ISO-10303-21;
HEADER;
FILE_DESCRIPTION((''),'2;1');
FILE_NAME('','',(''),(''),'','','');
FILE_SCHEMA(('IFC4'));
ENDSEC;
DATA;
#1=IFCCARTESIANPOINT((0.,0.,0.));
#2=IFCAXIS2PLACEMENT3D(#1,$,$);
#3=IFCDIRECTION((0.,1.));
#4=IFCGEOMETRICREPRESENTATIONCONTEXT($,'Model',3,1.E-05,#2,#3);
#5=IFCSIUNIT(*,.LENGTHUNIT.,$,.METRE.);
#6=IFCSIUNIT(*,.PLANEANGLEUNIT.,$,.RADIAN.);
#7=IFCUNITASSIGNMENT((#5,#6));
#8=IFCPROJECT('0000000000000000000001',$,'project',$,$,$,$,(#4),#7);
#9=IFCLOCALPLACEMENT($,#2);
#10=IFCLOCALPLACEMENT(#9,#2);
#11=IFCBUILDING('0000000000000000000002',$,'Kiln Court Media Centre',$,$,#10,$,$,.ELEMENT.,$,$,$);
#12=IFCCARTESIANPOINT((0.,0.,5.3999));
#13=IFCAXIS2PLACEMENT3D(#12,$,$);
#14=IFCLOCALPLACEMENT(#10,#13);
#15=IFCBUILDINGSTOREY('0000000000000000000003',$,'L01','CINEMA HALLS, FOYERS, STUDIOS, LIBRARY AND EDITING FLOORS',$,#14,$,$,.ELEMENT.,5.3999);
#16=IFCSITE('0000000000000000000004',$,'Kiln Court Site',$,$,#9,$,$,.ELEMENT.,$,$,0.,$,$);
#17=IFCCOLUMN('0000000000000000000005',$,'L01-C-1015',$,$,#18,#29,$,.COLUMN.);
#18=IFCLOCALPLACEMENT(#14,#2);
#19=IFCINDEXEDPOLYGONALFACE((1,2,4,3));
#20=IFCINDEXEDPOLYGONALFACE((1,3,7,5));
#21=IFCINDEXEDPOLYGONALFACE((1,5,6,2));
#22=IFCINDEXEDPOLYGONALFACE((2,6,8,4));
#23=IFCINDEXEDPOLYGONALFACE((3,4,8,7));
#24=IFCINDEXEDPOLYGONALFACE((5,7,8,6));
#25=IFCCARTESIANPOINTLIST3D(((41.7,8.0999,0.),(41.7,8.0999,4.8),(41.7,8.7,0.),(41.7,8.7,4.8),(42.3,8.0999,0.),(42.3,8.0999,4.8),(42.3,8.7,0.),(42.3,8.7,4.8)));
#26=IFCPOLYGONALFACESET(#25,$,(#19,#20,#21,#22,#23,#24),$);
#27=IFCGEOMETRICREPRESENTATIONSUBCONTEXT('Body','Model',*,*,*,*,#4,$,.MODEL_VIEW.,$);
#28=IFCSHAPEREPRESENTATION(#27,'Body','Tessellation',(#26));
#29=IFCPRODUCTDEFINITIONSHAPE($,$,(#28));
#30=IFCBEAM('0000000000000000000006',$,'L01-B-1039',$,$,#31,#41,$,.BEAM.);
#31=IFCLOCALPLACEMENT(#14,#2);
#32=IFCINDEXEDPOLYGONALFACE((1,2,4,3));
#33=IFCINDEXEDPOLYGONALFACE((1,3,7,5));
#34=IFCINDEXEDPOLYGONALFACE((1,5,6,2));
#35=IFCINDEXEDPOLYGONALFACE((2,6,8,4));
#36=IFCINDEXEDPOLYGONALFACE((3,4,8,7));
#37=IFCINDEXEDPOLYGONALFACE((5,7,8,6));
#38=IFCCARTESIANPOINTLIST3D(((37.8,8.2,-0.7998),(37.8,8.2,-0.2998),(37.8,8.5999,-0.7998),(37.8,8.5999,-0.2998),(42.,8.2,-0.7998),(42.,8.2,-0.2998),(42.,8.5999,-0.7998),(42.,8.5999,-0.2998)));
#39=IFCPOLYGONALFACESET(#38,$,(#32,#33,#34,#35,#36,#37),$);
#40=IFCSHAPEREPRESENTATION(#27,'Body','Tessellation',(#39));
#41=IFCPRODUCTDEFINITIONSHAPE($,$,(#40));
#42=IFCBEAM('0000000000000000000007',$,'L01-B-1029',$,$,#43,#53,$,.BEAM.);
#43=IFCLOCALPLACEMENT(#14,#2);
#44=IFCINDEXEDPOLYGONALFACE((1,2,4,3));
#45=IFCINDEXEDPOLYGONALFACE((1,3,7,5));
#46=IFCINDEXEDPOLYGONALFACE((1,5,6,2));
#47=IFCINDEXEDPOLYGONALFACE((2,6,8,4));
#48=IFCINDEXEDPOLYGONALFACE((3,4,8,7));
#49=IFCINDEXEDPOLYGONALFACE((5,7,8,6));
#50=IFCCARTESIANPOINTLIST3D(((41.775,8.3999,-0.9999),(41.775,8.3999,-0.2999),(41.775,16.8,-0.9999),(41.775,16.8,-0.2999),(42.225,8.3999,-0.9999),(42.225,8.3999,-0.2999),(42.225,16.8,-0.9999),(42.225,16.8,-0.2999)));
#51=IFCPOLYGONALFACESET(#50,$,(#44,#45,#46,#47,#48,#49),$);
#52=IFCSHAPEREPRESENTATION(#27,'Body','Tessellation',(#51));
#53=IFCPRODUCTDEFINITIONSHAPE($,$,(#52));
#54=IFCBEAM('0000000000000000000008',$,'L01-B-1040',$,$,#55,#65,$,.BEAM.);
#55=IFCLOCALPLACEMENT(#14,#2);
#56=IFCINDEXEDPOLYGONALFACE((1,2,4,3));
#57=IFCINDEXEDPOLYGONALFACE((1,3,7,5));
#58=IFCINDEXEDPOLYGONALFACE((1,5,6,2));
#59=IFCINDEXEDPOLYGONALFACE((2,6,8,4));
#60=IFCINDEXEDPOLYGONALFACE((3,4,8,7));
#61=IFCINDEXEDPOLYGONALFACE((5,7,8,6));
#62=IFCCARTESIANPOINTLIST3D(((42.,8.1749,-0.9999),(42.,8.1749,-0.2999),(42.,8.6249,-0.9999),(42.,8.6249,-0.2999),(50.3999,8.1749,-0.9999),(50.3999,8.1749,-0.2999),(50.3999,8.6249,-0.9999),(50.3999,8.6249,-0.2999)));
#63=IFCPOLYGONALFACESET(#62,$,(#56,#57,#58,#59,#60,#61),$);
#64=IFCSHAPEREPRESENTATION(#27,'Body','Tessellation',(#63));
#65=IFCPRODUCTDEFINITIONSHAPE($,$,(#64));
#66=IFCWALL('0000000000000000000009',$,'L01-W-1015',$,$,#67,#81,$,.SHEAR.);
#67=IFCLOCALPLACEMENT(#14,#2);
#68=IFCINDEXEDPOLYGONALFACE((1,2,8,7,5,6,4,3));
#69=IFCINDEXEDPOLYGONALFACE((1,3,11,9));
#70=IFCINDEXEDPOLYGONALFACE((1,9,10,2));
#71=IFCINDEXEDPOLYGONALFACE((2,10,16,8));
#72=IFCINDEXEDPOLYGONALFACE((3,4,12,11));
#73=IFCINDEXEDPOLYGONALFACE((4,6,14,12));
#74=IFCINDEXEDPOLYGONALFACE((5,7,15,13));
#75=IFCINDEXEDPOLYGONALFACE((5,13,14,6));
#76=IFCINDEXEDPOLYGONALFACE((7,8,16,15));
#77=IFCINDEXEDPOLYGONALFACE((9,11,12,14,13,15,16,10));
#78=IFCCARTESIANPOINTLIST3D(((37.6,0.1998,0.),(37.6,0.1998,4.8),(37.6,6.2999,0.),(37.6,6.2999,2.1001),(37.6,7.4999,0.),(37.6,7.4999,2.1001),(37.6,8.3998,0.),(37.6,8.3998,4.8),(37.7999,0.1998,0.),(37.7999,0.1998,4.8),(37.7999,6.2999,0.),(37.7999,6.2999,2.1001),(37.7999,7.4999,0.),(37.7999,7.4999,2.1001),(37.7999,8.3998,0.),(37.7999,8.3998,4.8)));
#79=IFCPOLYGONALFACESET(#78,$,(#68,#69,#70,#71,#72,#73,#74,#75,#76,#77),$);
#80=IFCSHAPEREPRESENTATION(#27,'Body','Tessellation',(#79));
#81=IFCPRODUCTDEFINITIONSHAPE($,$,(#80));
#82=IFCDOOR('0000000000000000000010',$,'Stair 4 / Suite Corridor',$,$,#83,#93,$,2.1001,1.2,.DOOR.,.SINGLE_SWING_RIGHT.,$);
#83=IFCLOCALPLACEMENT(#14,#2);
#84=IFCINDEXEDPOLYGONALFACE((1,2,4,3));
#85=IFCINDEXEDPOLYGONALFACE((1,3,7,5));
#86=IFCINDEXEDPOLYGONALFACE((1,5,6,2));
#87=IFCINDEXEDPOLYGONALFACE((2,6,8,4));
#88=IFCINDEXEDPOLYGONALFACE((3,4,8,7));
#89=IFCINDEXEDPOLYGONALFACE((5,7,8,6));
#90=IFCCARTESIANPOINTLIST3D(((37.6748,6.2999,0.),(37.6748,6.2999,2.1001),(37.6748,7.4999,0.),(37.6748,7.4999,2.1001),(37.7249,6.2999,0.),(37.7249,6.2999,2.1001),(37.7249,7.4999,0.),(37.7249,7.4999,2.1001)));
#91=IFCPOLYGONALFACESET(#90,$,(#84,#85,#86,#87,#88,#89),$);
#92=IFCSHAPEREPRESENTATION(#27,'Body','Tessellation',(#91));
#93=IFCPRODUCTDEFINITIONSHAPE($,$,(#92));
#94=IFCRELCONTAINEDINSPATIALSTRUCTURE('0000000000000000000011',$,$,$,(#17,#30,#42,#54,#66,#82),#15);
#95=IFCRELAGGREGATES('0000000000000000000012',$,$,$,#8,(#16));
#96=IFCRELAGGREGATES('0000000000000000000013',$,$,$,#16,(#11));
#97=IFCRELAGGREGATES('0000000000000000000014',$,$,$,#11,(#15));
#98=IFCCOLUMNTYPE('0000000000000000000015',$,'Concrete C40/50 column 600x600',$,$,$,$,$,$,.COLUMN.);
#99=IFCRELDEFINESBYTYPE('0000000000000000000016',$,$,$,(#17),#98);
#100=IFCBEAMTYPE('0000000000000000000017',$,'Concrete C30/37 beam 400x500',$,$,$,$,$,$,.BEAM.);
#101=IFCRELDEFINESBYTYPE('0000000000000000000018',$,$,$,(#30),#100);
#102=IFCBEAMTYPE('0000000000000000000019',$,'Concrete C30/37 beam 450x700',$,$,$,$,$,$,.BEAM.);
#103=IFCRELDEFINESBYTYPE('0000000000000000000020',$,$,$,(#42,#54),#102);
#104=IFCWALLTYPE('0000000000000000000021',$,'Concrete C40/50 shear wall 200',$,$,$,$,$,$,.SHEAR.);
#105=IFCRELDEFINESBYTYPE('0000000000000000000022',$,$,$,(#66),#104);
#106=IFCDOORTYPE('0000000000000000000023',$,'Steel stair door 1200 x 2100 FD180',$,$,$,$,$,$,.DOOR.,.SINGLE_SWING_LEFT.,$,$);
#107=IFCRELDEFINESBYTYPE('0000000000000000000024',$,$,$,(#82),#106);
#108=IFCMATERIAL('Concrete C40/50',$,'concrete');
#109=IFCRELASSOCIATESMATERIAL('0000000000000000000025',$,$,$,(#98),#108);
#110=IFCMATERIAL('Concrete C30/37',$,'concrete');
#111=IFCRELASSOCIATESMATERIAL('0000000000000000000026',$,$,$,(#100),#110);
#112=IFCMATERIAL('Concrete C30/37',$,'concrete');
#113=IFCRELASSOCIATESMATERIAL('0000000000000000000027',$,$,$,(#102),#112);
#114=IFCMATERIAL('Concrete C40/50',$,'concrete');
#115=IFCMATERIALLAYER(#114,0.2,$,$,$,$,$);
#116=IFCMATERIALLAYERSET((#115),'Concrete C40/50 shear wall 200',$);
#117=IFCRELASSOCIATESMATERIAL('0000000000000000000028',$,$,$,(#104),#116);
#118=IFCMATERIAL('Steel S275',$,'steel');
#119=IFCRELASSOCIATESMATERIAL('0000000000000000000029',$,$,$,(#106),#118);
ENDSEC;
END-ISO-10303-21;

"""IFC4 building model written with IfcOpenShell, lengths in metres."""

from ifc_helpers import new_model, si_unit, direction, frame, frame_2d, origin, origin_2d, place, context, subcontext, project, spatial, rectangle, extrude, material, layer, layer_set, material_profile, profile_set, type_object, element, fill, save


model = new_model("IFC4")

# Units and contexts
model_context = context("Model", 3, precision=1e-05, world=origin(), true_north=direction((0.0, 1.0)))
body_context = subcontext(model_context, "Body", "Model", "MODEL_VIEW")
ifc_project = project(units=[si_unit("LENGTHUNIT", "METRE"), si_unit("PLANEANGLEUNIT", "RADIAN")], contexts=[model_context])

# Site, building, storey
site_placement = place(None, origin())
site = spatial("IfcSite", under=ifc_project, at=site_placement, Name="Kiln Court Site", CompositionType="ELEMENT", RefElevation=0.0)
building_placement = place(site_placement, origin())
building = spatial("IfcBuilding", under=site, at=building_placement, Name="Kiln Court Media Centre", CompositionType="ELEMENT")
storey_placement = place(building_placement, frame((0.0, 0.0, 5.3999)))
storey = spatial("IfcBuildingStorey", under=building, at=storey_placement, Name="L01", Description="CINEMA HALLS, FOYERS, STUDIOS, LIBRARY AND EDITING FLOORS", CompositionType="ELEMENT", Elevation=5.3999)

# Column
ifc_material_1 = material(Name="Concrete C40/50", Category="concrete")
ifc_material_profile_1 = material_profile(ifc_material_1, rectangle(XDim=0.6001, YDim=0.6001, at=origin_2d()), Name="RC 600x600")
ifc_profile_set_1 = profile_set([ifc_material_profile_1], Name="Concrete C40/50")
column_type = type_object("IfcColumnType", Name="Concrete C40/50 column 600x600", PredefinedType="COLUMN", material=ifc_profile_set_1)
column_placement = place(storey_placement, frame((42.0, 8.3999, 0.0), z_axis=(0.0, 0.0, 1.0), x_axis=(1.0, 0.0, 0.0)))
element("IfcColumn", 1, at=column_placement, inside=storey, type_object=column_type, Name="L01-C-1015", PredefinedType="COLUMN", context=body_context, shape_type="SweptSolid", body=[
    extrude(rectangle(XDim=0.6001, YDim=0.6001, at=origin_2d()), origin(), (0.0, 0.0, 1.0), 4.8),
])

# Beams
ifc_material_2 = material(Name="Concrete C30/37", Category="concrete")
ifc_material_profile_2 = material_profile(ifc_material_2, rectangle(XDim=0.3999, YDim=0.5, at=origin_2d()), Name="RC 400x500")
ifc_profile_set_2 = profile_set([ifc_material_profile_2], Name="Concrete C30/37")
beam_type_1 = type_object("IfcBeamType", Name="Concrete C30/37 beam 400x500", PredefinedType="BEAM", material=ifc_profile_set_2)
beam_1_placement = place(storey_placement, frame((37.8, 8.3999, -0.5498), z_axis=(1.0, 0.0, 0.0), x_axis=(0.0, 1.0, 0.0)))
element("IfcBeam", 2, at=beam_1_placement, inside=storey, type_object=beam_type_1, Name="L01-B-1039", PredefinedType="BEAM", context=body_context, shape_type="SweptSolid", body=[
    extrude(rectangle(XDim=0.3999, YDim=0.5, at=origin_2d()), origin(), (0.0, 0.0, 1.0), 4.2),
])
ifc_material_3 = material(Name="Concrete C30/37", Category="concrete")
ifc_material_profile_3 = material_profile(ifc_material_3, rectangle(XDim=0.45, YDim=0.7, at=origin_2d()), Name="RC 450x700")
ifc_profile_set_3 = profile_set([ifc_material_profile_3], Name="Concrete C30/37")
beam_type_2 = type_object("IfcBeamType", Name="Concrete C30/37 beam 450x700", PredefinedType="BEAM", material=ifc_profile_set_3)
beam_2_placement = place(storey_placement, frame((42.0, 8.3999, -0.6499), z_axis=(0.0, 1.0, 0.0), x_axis=(-1.0, 0.0, 0.0)))
element("IfcBeam", 3, at=beam_2_placement, inside=storey, type_object=beam_type_2, Name="L01-B-1029", PredefinedType="BEAM", context=body_context, shape_type="SweptSolid", body=[
    extrude(rectangle(XDim=0.45, YDim=0.7, at=origin_2d()), origin(), (0.0, 0.0, 1.0), 8.4001),
])
beam_3_placement = place(storey_placement, frame((42.0, 8.3999, -0.6499), z_axis=(1.0, 0.0, 0.0), x_axis=(0.0, 1.0, 0.0)))
element("IfcBeam", 4, at=beam_3_placement, inside=storey, type_object=beam_type_2, Name="L01-B-1040", PredefinedType="BEAM", context=body_context, shape_type="SweptSolid", body=[
    extrude(rectangle(XDim=0.45, YDim=0.7, at=origin_2d()), origin(), (0.0, 0.0, 1.0), 8.3999),
])

# Wall, opening, door
ifc_material_4 = material(Name="Concrete C40/50", Category="concrete")
ifc_layer_1 = layer(ifc_material_4, 0.2)
ifc_layer_set_1 = layer_set([ifc_layer_1], Name="Concrete C40/50 shear wall 200")
wall_type_1 = type_object("IfcWallType", Name="Concrete C40/50 shear wall 200", PredefinedType="SHEAR", material=ifc_layer_set_1)
wall_1_placement = place(storey_placement, frame((37.7, 8.3999, 0.0), z_axis=(0.0, 0.0, 1.0), x_axis=(0.0, -1.0, 0.0)))
wall_1 = element("IfcWall", 5, at=wall_1_placement, inside=storey, type_object=wall_type_1, Name="L01-W-1015", PredefinedType="SHEAR", context=body_context, shape_type="SweptSolid", body=[
    extrude(rectangle(XDim=8.2, YDim=0.2, at=frame_2d((4.1001, 0.0))), origin(), (0.0, 0.0, 1.0), 4.8),
])
opening_1_placement = place(wall_1_placement, frame((0.8999, 0.0, 0.0)))
opening_1 = element("IfcOpeningElement", 6, at=opening_1_placement, cuts=wall_1, PredefinedType="OPENING", context=body_context, shape_type="SweptSolid", body=[
    extrude(rectangle(XDim=1.2, YDim=2.1001, at=frame_2d((0.6001, 1.05))), frame((0.0, 0.1099, 0.0), z_axis=(0.0, -1.0, 0.0), x_axis=(1.0, 0.0, 0.0)), (0.0, 0.0, 1.0), 0.22),
])
ifc_material_5 = material(Name="Steel S275", Category="steel")
door_type_1 = type_object("IfcDoorType", Name="Steel stair door 1200 x 2100 FD180", OperationType="SINGLE_SWING_LEFT", PredefinedType="DOOR", material=ifc_material_5)
door_1_placement = place(opening_1_placement, origin())
door_1 = element("IfcDoor", 7, at=door_1_placement, inside=storey, type_object=door_type_1, Name="Stair 4 / Suite Corridor", OperationType="SINGLE_SWING_RIGHT", OverallHeight=2.1001, OverallWidth=1.2, PredefinedType="DOOR", context=body_context, shape_type="SweptSolid", body=[
    extrude(rectangle(XDim=1.2, YDim=2.1001, at=frame_2d((0.6001, 1.05))), frame((0.0, 0.0249, 0.0), z_axis=(0.0, -1.0, 0.0), x_axis=(1.0, 0.0, 0.0)), (0.0, 0.0, 1.0), 0.05),
])
fill(opening_1, door_1)

save(model, "model.ifc")
